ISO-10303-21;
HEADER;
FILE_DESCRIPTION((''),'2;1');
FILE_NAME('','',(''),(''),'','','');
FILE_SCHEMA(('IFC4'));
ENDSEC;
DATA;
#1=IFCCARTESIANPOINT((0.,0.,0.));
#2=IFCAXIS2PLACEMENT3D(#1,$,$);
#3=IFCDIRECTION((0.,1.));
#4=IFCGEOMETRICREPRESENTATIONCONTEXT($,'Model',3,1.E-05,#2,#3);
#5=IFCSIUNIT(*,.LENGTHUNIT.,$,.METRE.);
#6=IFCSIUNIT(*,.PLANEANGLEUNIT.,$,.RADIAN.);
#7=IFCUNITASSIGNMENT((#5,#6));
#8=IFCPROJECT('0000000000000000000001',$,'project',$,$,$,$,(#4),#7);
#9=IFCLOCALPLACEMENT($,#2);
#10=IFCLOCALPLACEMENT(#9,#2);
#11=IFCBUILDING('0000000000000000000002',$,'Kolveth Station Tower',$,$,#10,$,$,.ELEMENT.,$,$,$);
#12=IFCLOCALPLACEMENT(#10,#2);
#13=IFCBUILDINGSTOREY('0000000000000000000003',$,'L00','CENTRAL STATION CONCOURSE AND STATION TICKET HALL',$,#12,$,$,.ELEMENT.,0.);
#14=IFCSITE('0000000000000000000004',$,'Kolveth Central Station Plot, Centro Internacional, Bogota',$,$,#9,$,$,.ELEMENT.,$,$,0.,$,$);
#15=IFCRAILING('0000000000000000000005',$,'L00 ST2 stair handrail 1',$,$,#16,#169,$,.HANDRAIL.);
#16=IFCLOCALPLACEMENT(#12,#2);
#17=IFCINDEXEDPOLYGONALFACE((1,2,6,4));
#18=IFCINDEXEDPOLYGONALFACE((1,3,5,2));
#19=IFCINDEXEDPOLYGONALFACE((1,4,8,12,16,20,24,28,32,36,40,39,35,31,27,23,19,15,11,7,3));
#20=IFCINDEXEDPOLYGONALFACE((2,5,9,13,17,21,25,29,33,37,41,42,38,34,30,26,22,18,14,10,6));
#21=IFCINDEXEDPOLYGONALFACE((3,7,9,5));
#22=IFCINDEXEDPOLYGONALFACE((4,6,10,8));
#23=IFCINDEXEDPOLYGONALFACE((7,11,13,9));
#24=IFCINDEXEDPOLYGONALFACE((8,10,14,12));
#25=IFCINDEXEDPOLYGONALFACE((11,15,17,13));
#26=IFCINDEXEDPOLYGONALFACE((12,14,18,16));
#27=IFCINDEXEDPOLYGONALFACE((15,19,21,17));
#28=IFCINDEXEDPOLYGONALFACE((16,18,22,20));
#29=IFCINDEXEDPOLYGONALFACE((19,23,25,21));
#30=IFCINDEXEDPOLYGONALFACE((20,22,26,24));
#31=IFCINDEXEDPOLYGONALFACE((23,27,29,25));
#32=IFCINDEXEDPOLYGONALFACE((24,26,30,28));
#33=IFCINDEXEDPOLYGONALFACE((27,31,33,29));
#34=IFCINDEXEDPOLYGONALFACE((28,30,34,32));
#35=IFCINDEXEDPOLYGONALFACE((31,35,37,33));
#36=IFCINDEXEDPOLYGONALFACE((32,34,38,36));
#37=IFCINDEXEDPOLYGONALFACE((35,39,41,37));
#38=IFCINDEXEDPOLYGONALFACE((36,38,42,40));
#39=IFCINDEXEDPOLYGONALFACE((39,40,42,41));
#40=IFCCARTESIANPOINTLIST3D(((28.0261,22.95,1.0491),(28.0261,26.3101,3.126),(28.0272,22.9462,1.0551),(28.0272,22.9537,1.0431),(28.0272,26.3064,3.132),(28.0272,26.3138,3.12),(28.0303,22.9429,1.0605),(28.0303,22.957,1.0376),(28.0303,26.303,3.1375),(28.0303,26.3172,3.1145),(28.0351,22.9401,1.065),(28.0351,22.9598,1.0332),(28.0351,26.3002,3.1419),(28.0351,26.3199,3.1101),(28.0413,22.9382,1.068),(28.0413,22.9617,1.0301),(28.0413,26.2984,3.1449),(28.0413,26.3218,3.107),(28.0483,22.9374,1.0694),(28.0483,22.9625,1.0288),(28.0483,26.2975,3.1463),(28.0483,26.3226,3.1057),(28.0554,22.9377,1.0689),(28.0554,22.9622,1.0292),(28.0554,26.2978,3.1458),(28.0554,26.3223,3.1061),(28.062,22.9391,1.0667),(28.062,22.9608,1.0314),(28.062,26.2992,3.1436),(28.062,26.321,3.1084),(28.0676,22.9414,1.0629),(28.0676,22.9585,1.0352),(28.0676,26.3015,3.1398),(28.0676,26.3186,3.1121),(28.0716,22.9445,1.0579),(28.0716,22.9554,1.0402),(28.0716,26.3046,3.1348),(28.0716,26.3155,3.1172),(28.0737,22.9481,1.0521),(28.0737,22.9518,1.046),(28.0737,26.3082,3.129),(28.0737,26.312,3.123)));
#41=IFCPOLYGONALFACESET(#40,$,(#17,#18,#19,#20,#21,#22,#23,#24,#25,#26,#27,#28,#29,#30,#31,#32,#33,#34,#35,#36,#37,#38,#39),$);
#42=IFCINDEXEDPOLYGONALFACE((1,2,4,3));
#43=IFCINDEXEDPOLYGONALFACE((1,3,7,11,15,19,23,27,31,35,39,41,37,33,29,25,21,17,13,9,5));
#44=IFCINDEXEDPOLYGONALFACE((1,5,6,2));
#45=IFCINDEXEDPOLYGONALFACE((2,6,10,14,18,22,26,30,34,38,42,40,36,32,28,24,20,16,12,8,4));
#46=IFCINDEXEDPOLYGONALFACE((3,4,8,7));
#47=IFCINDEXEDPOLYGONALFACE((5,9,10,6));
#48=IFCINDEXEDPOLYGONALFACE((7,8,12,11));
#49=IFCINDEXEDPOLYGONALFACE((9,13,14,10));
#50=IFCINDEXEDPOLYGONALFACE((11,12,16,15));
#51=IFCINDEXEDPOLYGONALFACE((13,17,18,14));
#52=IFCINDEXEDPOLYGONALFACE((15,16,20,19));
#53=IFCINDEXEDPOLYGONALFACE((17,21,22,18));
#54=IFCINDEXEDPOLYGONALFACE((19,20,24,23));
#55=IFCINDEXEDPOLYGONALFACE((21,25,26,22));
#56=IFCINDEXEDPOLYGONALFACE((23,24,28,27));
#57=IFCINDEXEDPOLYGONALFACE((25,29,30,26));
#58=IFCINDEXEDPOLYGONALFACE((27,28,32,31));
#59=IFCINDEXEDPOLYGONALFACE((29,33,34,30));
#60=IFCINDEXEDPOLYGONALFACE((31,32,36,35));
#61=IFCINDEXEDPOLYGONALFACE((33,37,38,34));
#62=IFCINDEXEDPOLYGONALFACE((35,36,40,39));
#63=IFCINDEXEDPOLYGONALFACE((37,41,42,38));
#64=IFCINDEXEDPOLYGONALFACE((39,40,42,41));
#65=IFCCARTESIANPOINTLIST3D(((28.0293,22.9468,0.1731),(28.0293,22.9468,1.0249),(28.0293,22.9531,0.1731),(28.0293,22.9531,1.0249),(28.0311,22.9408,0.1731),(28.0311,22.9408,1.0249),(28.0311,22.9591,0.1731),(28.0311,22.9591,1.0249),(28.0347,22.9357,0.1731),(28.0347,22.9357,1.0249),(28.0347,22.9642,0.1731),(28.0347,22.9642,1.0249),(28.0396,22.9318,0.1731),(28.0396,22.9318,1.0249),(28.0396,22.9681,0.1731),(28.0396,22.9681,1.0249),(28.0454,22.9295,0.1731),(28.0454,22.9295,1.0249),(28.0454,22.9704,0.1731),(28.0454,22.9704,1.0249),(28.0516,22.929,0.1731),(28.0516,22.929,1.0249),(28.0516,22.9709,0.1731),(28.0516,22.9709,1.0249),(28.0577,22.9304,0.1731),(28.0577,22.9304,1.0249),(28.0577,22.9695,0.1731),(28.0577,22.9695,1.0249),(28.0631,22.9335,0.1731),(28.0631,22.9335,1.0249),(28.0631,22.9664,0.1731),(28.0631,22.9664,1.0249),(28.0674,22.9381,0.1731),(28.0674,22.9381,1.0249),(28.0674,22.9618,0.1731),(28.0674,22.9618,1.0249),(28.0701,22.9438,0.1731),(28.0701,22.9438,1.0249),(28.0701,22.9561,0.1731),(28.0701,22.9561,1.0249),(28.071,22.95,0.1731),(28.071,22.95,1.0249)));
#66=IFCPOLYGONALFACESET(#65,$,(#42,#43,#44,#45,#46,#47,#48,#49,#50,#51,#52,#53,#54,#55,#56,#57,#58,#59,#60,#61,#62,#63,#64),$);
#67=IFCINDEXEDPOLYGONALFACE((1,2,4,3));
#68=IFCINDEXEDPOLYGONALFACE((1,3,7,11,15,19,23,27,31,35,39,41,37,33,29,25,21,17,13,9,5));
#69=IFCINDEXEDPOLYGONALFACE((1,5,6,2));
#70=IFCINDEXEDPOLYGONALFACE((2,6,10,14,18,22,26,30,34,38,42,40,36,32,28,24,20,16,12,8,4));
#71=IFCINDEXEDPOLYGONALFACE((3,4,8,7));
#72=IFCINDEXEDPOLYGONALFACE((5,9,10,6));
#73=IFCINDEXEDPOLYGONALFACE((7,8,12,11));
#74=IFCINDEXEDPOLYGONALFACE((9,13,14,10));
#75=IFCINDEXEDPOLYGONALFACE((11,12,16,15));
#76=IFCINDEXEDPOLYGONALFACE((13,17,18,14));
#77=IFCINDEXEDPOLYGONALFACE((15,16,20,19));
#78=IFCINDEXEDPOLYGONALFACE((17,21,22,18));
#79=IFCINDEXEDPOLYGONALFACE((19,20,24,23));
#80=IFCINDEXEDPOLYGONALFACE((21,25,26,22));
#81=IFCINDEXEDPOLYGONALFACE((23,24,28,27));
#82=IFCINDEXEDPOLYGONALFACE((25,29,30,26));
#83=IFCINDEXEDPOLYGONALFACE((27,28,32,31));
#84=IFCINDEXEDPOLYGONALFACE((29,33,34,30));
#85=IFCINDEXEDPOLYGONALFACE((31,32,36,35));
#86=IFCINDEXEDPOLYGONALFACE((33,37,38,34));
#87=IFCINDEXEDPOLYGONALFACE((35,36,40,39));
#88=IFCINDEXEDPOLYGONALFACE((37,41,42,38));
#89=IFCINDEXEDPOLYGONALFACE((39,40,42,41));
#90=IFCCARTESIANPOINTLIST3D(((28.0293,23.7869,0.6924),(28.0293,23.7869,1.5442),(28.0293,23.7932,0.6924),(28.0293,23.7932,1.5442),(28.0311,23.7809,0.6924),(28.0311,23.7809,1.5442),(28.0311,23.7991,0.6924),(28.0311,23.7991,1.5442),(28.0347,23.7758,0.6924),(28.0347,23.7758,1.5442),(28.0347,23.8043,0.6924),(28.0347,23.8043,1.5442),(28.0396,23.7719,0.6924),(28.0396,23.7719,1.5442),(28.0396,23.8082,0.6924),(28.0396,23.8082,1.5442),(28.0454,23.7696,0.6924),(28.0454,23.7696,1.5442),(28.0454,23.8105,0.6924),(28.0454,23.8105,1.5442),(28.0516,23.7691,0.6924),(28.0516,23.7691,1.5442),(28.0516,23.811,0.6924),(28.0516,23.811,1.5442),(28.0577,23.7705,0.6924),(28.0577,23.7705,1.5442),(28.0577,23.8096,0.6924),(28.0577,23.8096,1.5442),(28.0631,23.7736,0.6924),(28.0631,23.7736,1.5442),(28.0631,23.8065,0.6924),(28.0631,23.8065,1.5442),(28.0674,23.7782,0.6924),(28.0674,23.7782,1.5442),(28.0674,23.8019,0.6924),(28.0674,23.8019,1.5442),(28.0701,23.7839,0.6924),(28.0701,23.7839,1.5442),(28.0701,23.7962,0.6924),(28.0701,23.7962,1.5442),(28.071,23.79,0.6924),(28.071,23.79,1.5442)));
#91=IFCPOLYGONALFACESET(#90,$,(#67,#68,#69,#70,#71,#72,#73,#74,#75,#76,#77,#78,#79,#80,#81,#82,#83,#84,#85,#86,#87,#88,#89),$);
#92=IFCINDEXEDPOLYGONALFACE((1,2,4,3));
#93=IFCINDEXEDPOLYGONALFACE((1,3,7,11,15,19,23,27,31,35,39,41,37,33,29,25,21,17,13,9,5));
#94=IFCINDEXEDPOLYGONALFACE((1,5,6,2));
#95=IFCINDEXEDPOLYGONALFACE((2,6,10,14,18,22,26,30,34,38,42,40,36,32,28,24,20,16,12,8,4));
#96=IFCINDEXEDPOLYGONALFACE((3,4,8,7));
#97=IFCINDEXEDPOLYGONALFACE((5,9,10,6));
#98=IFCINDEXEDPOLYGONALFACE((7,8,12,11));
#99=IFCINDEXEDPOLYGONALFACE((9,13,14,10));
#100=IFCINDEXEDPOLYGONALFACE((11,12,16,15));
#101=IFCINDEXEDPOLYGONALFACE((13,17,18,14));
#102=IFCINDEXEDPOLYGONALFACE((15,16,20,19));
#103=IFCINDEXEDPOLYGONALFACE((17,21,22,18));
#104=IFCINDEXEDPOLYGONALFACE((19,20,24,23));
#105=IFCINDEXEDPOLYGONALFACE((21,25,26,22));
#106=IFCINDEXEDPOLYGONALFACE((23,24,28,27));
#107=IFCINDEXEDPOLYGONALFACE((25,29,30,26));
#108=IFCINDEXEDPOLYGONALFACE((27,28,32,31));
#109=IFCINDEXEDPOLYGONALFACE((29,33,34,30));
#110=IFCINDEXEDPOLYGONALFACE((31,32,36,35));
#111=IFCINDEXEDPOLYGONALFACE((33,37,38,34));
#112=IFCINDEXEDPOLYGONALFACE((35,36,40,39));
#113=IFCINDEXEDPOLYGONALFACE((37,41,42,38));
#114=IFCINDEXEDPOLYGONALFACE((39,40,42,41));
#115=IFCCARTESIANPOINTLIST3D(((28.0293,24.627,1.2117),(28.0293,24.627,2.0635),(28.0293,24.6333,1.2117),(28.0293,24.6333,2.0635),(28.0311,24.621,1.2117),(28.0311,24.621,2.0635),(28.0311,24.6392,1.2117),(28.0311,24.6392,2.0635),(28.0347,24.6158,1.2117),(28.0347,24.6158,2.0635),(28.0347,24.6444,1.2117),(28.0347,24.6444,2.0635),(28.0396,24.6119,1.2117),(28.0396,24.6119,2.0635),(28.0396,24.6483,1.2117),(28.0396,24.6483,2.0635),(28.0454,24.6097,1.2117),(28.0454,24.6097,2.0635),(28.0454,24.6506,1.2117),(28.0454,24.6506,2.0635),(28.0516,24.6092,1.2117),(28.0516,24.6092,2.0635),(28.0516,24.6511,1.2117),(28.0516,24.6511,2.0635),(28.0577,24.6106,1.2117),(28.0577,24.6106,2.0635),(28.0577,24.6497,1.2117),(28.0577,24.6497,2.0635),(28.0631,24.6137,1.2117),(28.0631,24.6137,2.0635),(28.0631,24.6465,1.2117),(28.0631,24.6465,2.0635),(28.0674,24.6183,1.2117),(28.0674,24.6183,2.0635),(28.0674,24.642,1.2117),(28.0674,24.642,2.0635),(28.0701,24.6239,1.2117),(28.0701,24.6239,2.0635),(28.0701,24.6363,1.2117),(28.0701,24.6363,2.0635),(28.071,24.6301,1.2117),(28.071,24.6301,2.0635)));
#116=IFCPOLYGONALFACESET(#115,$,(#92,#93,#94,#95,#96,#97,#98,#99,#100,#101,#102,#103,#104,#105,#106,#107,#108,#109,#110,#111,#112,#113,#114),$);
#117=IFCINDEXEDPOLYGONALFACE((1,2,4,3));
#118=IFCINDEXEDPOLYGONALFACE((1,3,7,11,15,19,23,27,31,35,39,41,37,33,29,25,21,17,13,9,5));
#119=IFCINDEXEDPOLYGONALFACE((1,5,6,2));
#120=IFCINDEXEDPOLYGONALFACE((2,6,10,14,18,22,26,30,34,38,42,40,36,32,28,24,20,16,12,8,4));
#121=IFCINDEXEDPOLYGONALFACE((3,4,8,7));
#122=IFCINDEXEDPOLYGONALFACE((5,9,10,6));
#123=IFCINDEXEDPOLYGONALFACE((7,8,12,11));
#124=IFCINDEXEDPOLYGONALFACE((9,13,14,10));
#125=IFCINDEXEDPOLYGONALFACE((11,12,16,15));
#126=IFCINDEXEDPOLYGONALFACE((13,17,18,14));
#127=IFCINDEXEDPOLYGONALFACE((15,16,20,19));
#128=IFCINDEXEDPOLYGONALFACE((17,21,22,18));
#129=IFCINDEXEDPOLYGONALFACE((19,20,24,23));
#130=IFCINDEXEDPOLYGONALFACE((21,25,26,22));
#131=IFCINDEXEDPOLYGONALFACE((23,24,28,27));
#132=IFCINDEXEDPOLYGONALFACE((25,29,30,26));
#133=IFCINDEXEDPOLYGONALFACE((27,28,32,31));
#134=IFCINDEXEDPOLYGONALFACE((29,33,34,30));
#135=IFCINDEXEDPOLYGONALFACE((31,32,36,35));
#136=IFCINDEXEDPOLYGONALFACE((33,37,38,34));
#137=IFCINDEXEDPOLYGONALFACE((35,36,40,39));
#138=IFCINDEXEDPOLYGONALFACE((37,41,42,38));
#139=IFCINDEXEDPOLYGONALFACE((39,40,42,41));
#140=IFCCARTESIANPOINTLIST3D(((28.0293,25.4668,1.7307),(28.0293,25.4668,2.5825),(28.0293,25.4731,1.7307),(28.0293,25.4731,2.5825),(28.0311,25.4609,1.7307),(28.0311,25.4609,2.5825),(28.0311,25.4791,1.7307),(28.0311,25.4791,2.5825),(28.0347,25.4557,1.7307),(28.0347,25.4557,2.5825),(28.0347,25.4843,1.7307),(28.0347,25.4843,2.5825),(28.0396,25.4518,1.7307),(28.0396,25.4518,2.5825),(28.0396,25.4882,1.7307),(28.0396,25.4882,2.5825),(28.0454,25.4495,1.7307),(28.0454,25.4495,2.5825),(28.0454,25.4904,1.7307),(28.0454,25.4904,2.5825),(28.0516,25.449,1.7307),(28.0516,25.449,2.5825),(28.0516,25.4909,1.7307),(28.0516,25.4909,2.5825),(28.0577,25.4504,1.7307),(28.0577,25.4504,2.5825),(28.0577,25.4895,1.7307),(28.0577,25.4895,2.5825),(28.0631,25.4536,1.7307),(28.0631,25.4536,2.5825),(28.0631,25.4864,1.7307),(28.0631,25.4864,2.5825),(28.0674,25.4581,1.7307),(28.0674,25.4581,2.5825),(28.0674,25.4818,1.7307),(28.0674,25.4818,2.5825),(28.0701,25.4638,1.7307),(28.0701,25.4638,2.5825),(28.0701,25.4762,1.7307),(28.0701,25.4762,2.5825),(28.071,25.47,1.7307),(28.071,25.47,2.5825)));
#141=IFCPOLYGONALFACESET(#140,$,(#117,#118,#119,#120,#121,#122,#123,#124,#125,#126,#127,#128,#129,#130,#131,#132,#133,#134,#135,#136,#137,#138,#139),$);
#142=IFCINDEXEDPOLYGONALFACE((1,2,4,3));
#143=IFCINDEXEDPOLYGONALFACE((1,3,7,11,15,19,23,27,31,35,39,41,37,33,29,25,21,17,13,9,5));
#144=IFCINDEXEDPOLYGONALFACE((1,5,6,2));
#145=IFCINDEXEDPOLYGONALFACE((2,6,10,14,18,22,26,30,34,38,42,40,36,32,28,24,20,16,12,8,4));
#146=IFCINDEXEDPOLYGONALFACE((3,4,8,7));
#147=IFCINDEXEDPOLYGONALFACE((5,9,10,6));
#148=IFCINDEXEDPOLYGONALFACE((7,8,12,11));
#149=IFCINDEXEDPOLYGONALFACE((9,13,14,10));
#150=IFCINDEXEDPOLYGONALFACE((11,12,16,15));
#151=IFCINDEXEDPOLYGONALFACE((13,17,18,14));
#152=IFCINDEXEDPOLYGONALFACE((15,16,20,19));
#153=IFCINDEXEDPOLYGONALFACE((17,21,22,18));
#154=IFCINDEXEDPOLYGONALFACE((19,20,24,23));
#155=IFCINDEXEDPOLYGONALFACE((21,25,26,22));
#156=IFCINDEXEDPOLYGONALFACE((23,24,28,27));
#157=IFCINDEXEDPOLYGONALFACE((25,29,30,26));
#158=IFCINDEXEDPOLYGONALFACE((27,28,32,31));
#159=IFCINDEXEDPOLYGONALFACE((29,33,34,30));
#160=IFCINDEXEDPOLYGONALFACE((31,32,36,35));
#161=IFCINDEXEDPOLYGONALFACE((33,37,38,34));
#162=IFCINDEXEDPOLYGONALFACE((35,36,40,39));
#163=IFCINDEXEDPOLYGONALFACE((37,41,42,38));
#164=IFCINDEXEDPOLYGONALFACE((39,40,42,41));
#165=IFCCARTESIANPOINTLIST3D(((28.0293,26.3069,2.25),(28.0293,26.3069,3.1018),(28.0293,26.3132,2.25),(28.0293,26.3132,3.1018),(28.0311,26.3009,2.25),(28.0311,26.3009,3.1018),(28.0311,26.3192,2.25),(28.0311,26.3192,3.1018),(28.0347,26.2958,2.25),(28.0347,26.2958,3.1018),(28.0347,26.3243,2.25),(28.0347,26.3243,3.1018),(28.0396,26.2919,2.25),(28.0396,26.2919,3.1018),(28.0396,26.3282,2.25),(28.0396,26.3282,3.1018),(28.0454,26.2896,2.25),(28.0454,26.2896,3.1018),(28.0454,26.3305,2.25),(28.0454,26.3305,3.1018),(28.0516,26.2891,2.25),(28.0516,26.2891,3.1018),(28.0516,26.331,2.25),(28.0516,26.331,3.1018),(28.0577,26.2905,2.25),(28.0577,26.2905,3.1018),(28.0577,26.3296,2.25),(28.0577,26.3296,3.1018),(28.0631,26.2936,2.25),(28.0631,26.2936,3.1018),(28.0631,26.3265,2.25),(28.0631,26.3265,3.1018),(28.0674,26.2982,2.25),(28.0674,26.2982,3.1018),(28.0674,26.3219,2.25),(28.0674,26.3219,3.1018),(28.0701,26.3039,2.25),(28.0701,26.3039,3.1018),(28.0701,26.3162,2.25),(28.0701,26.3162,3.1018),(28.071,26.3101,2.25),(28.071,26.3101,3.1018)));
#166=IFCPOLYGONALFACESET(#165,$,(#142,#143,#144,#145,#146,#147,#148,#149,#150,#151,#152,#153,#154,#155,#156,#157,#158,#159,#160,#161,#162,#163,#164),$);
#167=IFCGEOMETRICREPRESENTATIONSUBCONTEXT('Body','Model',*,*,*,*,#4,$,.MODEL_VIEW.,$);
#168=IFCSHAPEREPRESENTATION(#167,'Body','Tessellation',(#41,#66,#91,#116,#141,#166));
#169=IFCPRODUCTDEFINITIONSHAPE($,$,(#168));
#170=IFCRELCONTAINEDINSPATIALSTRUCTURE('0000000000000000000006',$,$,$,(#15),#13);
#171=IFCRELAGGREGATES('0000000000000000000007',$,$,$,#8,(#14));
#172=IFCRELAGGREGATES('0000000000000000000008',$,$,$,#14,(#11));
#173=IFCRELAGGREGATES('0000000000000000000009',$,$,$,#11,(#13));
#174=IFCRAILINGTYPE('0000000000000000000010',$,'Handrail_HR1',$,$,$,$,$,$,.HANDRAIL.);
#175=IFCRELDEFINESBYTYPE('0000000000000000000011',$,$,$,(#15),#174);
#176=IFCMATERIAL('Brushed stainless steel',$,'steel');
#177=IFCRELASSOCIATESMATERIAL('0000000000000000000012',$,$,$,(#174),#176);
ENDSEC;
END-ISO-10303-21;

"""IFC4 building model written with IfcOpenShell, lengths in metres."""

from ifc_helpers import new_model, si_unit, direction, frame, origin, origin_2d, place, context, subcontext, project, spatial, circle, extrude, material, type_object, element, save


model = new_model("IFC4")

# Units and contexts
model_context = context("Model", 3, precision=1e-05, world=origin(), true_north=direction((0.0, 1.0)))
body_context = subcontext(model_context, "Body", "Model", "MODEL_VIEW")
ifc_project = project(units=[si_unit("LENGTHUNIT", "METRE"), si_unit("PLANEANGLEUNIT", "RADIAN")], contexts=[model_context])

# Site, building, storey
site_placement = place(None, origin())
site = spatial("IfcSite", under=ifc_project, at=site_placement, Name="Kolveth Central Station Plot, Centro Internacional, Bogota", CompositionType="ELEMENT", RefElevation=0.0)
building_placement = place(site_placement, origin())
building = spatial("IfcBuilding", under=site, at=building_placement, Name="Kolveth Station Tower", CompositionType="ELEMENT")
storey_placement = place(building_placement, origin())
storey = spatial("IfcBuildingStorey", under=building, at=storey_placement, Name="L00", Description="CENTRAL STATION CONCOURSE AND STATION TICKET HALL", CompositionType="ELEMENT", Elevation=0.0)

# Railing
ifc_material_1 = material(Name="Brushed stainless steel", Category="steel")
railing_type_1 = type_object("IfcRailingType", Name="Handrail_HR1", PredefinedType="HANDRAIL", material=ifc_material_1)
for number, where, name in (
    (1, (28.05, 22.95, 0.1731), "L00 ST2 stair handrail 1"),
):
    element("IfcRailing", number, at=place(storey_placement, frame(where)), inside=storey, type_object=railing_type_1, Name=name, PredefinedType="HANDRAIL", context=body_context, shape_type="SweptSolid", body=[
        extrude(circle(Radius=0.0239, at=origin_2d()), frame((0.0, 0.0, 0.876), z_axis=(0.0, 0.850623, 0.525776), x_axis=(-1.0, 0.0, 0.0)), (0.0, 0.0, 1.0), 3.9502),
        extrude(circle(Radius=0.021, at=origin_2d()), origin(), (0.0, 0.0, 1.0), 0.8518),
        extrude(circle(Radius=0.021, at=origin_2d()), frame((0.0, 0.8401, 0.5193)), (0.0, 0.0, 1.0), 0.8518),
        extrude(circle(Radius=0.021, at=origin_2d()), frame((0.0, 1.6802, 1.0386)), (0.0, 0.0, 1.0), 0.8518),
        extrude(circle(Radius=0.021, at=origin_2d()), frame((0.0, 2.52, 1.5576)), (0.0, 0.0, 1.0), 0.8518),
        extrude(circle(Radius=0.021, at=origin_2d()), frame((0.0, 3.3601, 2.0769)), (0.0, 0.0, 1.0), 0.8518),
    ])

save(model, "model.ifc")
